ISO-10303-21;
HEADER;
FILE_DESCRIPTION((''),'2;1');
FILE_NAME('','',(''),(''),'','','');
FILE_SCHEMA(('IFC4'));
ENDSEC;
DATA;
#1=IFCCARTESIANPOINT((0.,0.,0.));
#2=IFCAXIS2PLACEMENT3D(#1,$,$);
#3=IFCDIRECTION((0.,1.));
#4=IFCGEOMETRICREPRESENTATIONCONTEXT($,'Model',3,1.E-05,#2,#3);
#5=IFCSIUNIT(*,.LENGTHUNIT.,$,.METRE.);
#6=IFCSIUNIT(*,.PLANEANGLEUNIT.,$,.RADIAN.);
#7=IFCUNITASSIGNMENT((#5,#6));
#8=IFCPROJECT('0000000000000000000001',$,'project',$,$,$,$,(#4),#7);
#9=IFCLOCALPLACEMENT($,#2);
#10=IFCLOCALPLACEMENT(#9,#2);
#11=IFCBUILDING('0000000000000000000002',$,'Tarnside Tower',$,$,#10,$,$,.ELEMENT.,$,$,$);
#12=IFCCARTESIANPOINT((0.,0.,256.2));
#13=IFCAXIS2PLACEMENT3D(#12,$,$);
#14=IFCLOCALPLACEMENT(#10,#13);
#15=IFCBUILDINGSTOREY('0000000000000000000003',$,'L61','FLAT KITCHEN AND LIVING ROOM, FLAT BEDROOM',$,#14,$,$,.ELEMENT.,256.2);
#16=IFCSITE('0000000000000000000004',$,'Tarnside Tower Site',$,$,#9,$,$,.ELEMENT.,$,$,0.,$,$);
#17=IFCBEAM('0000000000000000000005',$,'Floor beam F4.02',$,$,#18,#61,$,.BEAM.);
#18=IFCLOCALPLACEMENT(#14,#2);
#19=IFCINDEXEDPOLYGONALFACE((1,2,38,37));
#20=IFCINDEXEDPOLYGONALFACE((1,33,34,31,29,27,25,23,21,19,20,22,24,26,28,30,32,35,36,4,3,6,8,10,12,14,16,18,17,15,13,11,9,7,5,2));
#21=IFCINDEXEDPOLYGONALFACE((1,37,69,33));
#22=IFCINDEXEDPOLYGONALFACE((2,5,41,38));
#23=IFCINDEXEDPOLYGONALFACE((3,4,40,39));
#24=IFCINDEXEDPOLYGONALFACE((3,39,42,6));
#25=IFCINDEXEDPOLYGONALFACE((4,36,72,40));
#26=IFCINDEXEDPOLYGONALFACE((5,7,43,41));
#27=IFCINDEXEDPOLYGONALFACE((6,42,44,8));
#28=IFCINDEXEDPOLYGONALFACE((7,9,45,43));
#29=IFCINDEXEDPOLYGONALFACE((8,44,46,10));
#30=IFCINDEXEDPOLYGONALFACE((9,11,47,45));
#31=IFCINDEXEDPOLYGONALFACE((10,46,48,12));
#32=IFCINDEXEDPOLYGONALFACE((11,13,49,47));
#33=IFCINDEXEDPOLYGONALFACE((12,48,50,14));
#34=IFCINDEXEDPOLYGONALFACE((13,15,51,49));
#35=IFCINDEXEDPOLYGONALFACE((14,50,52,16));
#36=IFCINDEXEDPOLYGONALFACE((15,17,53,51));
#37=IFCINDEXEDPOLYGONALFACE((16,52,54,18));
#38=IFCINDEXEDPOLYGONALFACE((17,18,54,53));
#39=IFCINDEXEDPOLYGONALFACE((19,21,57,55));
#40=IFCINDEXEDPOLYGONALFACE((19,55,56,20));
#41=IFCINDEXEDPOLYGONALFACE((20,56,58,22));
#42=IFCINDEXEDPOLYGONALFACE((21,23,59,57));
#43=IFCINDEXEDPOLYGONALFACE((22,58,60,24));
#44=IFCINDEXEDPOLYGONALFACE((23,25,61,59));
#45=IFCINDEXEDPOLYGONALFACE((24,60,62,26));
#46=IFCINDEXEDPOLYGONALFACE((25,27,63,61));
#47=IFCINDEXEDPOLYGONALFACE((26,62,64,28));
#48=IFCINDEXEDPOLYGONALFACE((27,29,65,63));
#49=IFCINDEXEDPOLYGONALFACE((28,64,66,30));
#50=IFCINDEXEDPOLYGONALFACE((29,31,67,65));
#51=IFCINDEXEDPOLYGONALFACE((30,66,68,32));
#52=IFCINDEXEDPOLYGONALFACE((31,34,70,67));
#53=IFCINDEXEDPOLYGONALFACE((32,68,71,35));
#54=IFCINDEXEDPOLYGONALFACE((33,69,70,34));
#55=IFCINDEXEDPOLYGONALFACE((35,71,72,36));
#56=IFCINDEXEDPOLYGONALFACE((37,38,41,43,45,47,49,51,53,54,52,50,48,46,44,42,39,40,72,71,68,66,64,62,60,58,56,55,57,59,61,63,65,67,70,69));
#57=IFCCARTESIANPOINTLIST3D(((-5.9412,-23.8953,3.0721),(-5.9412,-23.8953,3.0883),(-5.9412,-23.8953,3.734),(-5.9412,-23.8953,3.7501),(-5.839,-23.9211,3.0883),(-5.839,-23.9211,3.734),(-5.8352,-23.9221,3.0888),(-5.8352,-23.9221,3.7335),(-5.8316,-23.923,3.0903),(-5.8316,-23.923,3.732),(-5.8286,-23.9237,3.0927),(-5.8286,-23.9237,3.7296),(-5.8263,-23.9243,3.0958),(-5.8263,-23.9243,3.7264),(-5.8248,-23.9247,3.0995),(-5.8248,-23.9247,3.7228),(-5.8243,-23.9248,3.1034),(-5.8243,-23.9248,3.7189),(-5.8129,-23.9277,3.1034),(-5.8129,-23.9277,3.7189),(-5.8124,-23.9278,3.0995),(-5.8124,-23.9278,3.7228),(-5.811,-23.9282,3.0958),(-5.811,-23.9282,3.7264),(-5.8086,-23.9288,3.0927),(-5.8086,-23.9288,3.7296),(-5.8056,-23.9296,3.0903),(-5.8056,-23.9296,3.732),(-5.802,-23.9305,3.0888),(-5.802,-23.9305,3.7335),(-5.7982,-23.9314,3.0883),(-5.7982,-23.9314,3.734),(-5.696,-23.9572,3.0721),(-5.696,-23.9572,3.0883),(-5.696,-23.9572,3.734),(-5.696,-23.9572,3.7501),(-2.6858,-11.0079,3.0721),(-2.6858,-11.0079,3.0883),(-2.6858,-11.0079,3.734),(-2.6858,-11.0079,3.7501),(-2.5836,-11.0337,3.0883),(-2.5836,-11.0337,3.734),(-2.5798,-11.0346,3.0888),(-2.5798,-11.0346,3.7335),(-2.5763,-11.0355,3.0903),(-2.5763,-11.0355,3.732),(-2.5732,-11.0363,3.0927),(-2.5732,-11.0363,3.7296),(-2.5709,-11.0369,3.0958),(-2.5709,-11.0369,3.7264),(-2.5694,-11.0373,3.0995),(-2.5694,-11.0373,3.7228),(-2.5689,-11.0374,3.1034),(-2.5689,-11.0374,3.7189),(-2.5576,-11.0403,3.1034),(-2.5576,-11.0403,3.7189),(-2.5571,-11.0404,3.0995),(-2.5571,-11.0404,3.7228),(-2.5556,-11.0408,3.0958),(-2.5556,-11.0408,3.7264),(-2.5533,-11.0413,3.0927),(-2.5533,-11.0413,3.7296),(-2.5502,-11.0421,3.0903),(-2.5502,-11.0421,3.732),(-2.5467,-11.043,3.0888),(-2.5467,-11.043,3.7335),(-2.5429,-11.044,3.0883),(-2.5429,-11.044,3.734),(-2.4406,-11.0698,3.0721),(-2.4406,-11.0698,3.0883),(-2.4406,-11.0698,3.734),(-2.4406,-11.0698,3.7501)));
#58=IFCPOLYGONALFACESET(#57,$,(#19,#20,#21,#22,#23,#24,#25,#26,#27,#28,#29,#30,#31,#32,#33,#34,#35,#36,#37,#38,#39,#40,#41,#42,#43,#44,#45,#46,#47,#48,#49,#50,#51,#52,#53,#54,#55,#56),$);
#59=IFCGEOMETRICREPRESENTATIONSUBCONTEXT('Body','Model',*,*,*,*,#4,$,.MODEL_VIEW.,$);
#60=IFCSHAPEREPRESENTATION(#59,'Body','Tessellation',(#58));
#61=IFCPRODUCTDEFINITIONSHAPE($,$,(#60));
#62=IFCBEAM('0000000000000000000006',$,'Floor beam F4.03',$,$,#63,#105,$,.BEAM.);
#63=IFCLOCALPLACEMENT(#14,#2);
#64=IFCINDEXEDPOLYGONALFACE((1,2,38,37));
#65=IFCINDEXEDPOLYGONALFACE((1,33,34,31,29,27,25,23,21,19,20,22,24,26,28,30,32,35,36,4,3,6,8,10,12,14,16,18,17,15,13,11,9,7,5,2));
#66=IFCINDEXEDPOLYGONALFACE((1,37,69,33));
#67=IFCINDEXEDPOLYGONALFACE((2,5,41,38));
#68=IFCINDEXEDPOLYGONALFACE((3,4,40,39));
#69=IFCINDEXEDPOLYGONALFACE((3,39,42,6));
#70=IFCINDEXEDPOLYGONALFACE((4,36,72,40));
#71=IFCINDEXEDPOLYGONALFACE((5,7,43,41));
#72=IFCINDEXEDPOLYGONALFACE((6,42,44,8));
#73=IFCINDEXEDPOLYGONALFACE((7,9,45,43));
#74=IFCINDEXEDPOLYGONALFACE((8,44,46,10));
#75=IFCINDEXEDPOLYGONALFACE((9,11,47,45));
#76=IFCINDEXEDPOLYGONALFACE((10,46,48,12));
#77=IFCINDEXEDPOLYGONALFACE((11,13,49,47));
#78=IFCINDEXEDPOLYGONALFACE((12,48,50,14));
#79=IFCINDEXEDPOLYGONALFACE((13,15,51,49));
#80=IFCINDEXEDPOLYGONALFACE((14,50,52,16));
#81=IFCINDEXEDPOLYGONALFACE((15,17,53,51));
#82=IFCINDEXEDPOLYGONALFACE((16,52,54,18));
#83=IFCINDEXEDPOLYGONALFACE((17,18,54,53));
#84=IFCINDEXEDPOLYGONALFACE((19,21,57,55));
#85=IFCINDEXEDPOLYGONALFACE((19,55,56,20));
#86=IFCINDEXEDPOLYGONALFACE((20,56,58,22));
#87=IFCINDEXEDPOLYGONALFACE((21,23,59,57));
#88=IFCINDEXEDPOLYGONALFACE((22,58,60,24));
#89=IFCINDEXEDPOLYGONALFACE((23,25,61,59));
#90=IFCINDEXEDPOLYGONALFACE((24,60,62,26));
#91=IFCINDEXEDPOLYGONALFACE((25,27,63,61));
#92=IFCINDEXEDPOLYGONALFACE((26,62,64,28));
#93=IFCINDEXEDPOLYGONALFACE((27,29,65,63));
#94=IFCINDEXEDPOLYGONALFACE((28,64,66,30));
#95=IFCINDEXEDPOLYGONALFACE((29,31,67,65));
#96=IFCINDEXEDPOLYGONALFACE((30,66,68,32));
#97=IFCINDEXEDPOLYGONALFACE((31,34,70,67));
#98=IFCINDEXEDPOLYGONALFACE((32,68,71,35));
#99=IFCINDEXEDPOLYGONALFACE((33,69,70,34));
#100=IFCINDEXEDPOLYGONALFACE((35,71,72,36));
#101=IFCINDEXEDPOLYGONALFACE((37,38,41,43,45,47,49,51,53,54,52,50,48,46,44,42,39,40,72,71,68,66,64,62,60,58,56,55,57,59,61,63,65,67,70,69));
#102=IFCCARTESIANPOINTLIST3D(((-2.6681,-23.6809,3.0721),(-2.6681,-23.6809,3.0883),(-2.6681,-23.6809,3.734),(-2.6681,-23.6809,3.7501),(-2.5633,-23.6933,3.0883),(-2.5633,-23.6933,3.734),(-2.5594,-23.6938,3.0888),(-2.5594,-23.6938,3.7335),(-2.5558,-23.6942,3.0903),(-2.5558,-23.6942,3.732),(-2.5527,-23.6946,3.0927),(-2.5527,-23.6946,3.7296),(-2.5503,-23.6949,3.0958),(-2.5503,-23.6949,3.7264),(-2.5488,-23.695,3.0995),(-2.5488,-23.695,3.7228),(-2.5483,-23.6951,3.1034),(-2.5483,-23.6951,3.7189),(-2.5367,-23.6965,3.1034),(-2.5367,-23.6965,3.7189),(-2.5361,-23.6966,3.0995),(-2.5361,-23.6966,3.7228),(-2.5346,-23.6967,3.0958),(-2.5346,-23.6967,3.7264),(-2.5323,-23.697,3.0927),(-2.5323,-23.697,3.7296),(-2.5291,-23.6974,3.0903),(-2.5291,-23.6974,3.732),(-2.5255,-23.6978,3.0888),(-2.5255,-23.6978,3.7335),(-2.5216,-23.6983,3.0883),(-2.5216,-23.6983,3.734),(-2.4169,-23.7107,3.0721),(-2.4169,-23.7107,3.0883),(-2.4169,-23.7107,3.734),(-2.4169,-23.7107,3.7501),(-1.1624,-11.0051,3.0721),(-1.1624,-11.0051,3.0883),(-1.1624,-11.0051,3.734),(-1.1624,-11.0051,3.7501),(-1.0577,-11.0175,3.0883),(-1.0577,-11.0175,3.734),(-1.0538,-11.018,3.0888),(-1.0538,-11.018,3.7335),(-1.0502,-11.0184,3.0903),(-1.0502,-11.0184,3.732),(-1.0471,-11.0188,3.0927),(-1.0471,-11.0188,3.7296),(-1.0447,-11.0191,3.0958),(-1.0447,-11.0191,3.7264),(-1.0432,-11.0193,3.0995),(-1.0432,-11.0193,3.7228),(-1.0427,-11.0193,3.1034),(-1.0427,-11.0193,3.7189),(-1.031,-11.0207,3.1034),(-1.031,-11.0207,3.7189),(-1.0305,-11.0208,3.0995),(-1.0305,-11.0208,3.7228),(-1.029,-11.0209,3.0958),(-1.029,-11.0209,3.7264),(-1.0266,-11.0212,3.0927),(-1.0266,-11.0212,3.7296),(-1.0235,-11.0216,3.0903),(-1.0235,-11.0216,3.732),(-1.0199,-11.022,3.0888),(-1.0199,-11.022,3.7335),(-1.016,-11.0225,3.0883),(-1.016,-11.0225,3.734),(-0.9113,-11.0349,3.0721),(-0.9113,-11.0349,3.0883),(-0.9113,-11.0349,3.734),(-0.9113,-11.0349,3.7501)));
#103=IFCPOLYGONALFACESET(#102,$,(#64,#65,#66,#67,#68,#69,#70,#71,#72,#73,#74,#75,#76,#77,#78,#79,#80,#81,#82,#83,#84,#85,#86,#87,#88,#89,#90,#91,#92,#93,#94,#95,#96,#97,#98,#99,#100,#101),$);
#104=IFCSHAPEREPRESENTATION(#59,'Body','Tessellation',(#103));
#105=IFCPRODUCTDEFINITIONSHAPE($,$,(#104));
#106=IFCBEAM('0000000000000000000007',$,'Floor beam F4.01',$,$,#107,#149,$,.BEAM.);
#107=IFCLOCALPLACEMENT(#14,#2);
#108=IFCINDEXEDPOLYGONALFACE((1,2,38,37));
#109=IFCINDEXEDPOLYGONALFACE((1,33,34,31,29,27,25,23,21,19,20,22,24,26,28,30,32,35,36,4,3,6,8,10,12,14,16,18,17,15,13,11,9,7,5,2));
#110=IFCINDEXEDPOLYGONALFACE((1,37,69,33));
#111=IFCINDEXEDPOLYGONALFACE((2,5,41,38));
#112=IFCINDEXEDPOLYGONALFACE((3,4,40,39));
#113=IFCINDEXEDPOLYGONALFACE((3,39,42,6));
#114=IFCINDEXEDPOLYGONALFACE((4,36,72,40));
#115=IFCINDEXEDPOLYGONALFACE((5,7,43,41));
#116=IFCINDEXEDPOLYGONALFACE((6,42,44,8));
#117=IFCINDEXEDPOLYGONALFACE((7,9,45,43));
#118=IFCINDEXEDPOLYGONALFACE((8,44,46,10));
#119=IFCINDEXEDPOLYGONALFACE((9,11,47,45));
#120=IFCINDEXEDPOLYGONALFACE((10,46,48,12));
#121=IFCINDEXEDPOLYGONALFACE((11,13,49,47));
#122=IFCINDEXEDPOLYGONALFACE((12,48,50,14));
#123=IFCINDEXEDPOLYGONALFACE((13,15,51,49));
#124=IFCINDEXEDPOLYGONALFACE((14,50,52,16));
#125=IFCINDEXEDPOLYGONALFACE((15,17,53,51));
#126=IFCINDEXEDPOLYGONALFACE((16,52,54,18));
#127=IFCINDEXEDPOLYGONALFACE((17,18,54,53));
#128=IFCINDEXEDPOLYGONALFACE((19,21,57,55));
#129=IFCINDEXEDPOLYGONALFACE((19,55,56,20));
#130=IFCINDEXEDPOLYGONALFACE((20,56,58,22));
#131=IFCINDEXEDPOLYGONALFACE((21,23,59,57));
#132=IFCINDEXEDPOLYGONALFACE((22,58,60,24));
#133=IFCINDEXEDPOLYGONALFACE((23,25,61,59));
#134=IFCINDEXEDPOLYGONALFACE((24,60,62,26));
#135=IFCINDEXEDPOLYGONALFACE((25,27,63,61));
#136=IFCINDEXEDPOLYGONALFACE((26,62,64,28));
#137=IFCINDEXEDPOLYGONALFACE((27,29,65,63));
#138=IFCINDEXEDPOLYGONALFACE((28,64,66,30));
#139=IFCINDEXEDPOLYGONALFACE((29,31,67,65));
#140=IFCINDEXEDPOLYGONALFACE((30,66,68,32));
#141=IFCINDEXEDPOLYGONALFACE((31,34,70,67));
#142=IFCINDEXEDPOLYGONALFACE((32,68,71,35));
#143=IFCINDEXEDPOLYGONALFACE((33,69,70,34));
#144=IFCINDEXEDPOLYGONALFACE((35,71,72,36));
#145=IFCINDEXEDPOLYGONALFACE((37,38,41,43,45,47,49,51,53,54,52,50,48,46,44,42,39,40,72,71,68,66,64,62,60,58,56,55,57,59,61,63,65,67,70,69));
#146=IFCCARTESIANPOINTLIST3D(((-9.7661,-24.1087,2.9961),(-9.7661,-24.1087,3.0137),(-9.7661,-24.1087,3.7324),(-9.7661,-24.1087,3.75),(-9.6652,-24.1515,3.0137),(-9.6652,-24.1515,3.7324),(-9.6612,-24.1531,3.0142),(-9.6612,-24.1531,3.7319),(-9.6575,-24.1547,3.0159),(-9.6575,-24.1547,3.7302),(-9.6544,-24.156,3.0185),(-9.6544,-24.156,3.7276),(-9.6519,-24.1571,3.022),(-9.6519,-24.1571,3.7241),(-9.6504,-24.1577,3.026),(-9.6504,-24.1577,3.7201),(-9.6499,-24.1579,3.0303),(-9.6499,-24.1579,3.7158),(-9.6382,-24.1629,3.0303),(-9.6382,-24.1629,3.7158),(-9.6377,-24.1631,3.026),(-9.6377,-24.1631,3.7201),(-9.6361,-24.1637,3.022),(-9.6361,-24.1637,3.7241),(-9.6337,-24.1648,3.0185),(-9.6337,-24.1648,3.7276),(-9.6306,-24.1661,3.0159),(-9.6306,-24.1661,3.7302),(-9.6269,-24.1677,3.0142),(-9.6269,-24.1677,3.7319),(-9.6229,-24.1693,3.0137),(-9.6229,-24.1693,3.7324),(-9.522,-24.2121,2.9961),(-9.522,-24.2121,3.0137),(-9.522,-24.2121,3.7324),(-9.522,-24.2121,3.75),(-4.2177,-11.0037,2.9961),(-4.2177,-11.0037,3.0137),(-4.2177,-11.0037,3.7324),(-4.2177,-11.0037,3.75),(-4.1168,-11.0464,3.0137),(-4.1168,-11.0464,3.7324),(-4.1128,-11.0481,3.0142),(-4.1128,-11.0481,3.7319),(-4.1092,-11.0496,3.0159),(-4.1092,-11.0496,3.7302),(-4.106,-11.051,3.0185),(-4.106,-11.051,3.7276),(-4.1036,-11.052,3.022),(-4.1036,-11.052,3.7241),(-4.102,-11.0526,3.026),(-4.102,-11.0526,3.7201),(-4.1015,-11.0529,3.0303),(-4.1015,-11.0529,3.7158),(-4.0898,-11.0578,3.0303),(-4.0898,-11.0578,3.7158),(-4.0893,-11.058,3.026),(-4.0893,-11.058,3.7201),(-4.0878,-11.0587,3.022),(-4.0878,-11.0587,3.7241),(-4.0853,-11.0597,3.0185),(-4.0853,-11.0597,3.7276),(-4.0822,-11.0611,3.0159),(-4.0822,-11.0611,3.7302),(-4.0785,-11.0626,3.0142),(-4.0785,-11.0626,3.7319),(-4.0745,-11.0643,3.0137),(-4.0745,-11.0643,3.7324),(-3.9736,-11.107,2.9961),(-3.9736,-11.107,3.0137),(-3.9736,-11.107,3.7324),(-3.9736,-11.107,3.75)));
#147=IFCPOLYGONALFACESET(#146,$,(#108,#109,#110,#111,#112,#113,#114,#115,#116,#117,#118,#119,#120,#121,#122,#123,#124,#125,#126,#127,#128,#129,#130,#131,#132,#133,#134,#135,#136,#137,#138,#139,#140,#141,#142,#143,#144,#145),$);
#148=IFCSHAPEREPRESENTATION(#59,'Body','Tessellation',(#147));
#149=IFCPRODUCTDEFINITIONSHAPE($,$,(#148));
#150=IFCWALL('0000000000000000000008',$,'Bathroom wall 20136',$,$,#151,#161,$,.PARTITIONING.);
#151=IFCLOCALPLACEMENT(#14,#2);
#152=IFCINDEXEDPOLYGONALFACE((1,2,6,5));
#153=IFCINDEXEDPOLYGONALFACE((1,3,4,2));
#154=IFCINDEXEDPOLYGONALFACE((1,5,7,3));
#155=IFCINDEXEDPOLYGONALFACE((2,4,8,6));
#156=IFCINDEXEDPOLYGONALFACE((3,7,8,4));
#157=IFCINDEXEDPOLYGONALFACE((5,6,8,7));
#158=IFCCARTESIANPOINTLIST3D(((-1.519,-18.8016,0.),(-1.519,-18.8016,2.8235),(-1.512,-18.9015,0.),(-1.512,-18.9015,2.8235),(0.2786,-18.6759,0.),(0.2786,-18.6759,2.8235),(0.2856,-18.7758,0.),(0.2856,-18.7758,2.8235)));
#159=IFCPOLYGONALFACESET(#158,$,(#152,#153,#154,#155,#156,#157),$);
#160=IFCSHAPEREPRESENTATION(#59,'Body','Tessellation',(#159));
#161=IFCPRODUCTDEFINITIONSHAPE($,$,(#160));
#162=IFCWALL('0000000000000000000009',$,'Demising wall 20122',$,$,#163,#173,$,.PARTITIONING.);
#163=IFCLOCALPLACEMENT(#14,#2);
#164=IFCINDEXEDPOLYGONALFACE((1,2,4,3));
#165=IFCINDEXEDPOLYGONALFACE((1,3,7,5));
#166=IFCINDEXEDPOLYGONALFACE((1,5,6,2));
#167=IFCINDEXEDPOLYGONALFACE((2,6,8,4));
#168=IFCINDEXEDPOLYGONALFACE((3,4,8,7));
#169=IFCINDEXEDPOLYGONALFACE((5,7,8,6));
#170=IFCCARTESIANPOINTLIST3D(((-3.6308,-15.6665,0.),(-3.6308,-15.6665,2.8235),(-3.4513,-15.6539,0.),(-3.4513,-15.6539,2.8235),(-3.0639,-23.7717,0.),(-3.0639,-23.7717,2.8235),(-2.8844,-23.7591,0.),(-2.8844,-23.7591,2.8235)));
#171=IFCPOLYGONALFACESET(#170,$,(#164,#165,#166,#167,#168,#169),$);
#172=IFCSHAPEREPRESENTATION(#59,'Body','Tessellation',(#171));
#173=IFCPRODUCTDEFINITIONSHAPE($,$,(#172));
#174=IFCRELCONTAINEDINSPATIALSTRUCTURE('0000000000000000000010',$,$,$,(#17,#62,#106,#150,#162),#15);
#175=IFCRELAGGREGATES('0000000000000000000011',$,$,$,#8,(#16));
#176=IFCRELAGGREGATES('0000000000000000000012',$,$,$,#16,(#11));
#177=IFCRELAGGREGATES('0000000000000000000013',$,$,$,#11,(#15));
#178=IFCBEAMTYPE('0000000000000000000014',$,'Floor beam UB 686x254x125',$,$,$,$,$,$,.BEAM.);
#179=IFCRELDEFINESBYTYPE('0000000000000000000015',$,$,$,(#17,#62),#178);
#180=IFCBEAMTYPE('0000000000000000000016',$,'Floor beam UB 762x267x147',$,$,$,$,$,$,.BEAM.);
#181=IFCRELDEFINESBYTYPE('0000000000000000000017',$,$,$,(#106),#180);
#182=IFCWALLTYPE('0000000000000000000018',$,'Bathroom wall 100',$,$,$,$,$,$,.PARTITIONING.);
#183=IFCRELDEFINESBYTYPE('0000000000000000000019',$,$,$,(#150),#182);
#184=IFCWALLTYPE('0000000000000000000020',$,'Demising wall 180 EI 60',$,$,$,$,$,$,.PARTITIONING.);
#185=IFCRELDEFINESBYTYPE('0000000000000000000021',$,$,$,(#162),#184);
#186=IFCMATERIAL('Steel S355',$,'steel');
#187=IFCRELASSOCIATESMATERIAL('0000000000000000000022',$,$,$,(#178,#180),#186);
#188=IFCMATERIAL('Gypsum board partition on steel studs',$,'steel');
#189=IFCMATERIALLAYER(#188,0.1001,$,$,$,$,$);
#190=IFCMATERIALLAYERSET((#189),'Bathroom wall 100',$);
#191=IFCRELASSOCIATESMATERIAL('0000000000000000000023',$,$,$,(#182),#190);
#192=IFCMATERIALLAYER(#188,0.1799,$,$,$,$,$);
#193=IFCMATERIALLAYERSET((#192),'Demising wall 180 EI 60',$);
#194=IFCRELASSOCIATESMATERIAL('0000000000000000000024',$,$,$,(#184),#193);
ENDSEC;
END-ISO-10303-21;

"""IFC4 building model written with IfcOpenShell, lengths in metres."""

from ifc_helpers import new_model, si_unit, direction, frame, frame_2d, origin, origin_2d, place, context, subcontext, project, spatial, rectangle, i_section, extrude, material, layer, layer_set, material_profile, profile_set, type_object, element, save


model = new_model("IFC4")

# Units and contexts
model_context = context("Model", 3, precision=1e-05, world=origin(), true_north=direction((0.0, 1.0)))
body_context = subcontext(model_context, "Body", "Model", "MODEL_VIEW")
ifc_project = project(units=[si_unit("LENGTHUNIT", "METRE"), si_unit("PLANEANGLEUNIT", "RADIAN")], contexts=[model_context])

# Site, building, storey
site_placement = place(None, origin())
site = spatial("IfcSite", under=ifc_project, at=site_placement, Name="Tarnside Tower Site", CompositionType="ELEMENT", RefElevation=0.0)
building_placement = place(site_placement, origin())
building = spatial("IfcBuilding", under=site, at=building_placement, Name="Tarnside Tower", CompositionType="ELEMENT")
storey_placement = place(building_placement, frame((0.0, 0.0, 256.2)))
storey = spatial("IfcBuildingStorey", under=building, at=storey_placement, Name="L61", Description="FLAT KITCHEN AND LIVING ROOM, FLAT BEDROOM", CompositionType="ELEMENT", Elevation=256.2)

# Beams
ifc_material_1 = material(Name="Steel S355", Category="steel")
ifc_material_profile_1 = material_profile(ifc_material_1, i_section(OverallWidth=0.2529, OverallDepth=0.678, WebThickness=0.0117, FlangeThickness=0.0161, FilletRadius=0.0151, at=origin_2d()), Name="UB 686x254x125")
ifc_profile_set_1 = profile_set([ifc_material_profile_1], Name="Steel S355")
beam_type_1 = type_object("IfcBeamType", Name="Floor beam UB 686x254x125", PredefinedType="BEAM", material=ifc_profile_set_1)
beam_1_placement = place(storey_placement, frame((-5.8186, -23.9263, 3.4111), z_axis=(0.244908, 0.969546, 0.0), x_axis=(-0.969546, 0.244908, 0.0)))
element("IfcBeam", 1, at=beam_1_placement, inside=storey, type_object=beam_type_1, Name="Floor beam F4.02", PredefinedType="BEAM", context=body_context, shape_type="SweptSolid", body=[
    extrude(i_section(OverallWidth=0.2529, OverallDepth=0.678, WebThickness=0.0117, FlangeThickness=0.0161, FilletRadius=0.0151, at=origin_2d()), origin(), (0.0, 0.0, 1.0), 13.2922),
])
beam_2_placement = place(storey_placement, frame((-2.5425, -23.6958, 3.4111), z_axis=(0.11795, 0.99302, 0.0), x_axis=(-0.99302, 0.11795, 0.0)))
element("IfcBeam", 2, at=beam_2_placement, inside=storey, type_object=beam_type_1, Name="Floor beam F4.03", PredefinedType="BEAM", context=body_context, shape_type="SweptSolid", body=[
    extrude(i_section(OverallWidth=0.2529, OverallDepth=0.678, WebThickness=0.0117, FlangeThickness=0.0161, FilletRadius=0.0151, at=origin_2d()), origin(), (0.0, 0.0, 1.0), 12.7649),
])
ifc_material_profile_2 = material_profile(ifc_material_1, i_section(OverallWidth=0.2651, OverallDepth=0.7539, WebThickness=0.0127, FlangeThickness=0.0176, FilletRadius=0.0166, at=origin_2d()), Name="UB 762x267x147")
ifc_profile_set_2 = profile_set([ifc_material_profile_2], Name="Steel S355")
beam_type_2 = type_object("IfcBeamType", Name="Floor beam UB 762x267x147", PredefinedType="BEAM", material=ifc_profile_set_2)
beam_3_placement = place(storey_placement, frame((-9.644, -24.1604, 3.373), z_axis=(0.389874, 0.920868, 0.0), x_axis=(-0.920868, 0.389874, 0.0)))
element("IfcBeam", 3, at=beam_3_placement, inside=storey, type_object=beam_type_2, Name="Floor beam F4.01", PredefinedType="BEAM", context=body_context, shape_type="SweptSolid", body=[
    extrude(i_section(OverallWidth=0.2651, OverallDepth=0.7539, WebThickness=0.0127, FlangeThickness=0.0176, FilletRadius=0.0166, at=origin_2d()), origin(), (0.0, 0.0, 1.0), 14.2312),
])

# Walls
ifc_material_2 = material(Name="Gypsum board partition on steel studs", Category="steel")
ifc_layer_1 = layer(ifc_material_2, 0.1001)
ifc_layer_set_1 = layer_set([ifc_layer_1], Name="Bathroom wall 100")
wall_type_1 = type_object("IfcWallType", Name="Bathroom wall 100", PredefinedType="PARTITIONING", material=ifc_layer_set_1)
wall_1_placement = place(storey_placement, frame((-1.5154, -18.8516, 0.0), z_axis=(0.0, 0.0, 1.0), x_axis=(0.997563, 0.069774, 0.0)))
element("IfcWall", 4, at=wall_1_placement, inside=storey, type_object=wall_type_1, Name="Bathroom wall 20136", PredefinedType="PARTITIONING", context=body_context, shape_type="SweptSolid", body=[
    extrude(rectangle(XDim=1.802, YDim=0.1001, at=frame_2d((0.9009, 0.0))), origin(), (0.0, 0.0, 1.0), 2.8235),
])
ifc_layer_2 = layer(ifc_material_2, 0.1799)
ifc_layer_set_2 = layer_set([ifc_layer_2], Name="Demising wall 180 EI 60")
wall_type_2 = type_object("IfcWallType", Name="Demising wall 180 EI 60", PredefinedType="PARTITIONING", material=ifc_layer_set_2)
wall_2_placement = place(storey_placement, frame((-2.9741, -23.7654, 0.0), z_axis=(0.0, 0.0, 1.0), x_axis=(-0.069771, 0.997563, 0.0)))
element("IfcWall", 5, at=wall_2_placement, inside=storey, type_object=wall_type_2, Name="Demising wall 20122", PredefinedType="PARTITIONING", context=body_context, shape_type="SweptSolid", body=[
    extrude(rectangle(XDim=8.125, YDim=0.1799, at=frame_2d((4.0625, 0.0))), origin(), (0.0, 0.0, 1.0), 2.8235),
])

save(model, "model.ifc")
